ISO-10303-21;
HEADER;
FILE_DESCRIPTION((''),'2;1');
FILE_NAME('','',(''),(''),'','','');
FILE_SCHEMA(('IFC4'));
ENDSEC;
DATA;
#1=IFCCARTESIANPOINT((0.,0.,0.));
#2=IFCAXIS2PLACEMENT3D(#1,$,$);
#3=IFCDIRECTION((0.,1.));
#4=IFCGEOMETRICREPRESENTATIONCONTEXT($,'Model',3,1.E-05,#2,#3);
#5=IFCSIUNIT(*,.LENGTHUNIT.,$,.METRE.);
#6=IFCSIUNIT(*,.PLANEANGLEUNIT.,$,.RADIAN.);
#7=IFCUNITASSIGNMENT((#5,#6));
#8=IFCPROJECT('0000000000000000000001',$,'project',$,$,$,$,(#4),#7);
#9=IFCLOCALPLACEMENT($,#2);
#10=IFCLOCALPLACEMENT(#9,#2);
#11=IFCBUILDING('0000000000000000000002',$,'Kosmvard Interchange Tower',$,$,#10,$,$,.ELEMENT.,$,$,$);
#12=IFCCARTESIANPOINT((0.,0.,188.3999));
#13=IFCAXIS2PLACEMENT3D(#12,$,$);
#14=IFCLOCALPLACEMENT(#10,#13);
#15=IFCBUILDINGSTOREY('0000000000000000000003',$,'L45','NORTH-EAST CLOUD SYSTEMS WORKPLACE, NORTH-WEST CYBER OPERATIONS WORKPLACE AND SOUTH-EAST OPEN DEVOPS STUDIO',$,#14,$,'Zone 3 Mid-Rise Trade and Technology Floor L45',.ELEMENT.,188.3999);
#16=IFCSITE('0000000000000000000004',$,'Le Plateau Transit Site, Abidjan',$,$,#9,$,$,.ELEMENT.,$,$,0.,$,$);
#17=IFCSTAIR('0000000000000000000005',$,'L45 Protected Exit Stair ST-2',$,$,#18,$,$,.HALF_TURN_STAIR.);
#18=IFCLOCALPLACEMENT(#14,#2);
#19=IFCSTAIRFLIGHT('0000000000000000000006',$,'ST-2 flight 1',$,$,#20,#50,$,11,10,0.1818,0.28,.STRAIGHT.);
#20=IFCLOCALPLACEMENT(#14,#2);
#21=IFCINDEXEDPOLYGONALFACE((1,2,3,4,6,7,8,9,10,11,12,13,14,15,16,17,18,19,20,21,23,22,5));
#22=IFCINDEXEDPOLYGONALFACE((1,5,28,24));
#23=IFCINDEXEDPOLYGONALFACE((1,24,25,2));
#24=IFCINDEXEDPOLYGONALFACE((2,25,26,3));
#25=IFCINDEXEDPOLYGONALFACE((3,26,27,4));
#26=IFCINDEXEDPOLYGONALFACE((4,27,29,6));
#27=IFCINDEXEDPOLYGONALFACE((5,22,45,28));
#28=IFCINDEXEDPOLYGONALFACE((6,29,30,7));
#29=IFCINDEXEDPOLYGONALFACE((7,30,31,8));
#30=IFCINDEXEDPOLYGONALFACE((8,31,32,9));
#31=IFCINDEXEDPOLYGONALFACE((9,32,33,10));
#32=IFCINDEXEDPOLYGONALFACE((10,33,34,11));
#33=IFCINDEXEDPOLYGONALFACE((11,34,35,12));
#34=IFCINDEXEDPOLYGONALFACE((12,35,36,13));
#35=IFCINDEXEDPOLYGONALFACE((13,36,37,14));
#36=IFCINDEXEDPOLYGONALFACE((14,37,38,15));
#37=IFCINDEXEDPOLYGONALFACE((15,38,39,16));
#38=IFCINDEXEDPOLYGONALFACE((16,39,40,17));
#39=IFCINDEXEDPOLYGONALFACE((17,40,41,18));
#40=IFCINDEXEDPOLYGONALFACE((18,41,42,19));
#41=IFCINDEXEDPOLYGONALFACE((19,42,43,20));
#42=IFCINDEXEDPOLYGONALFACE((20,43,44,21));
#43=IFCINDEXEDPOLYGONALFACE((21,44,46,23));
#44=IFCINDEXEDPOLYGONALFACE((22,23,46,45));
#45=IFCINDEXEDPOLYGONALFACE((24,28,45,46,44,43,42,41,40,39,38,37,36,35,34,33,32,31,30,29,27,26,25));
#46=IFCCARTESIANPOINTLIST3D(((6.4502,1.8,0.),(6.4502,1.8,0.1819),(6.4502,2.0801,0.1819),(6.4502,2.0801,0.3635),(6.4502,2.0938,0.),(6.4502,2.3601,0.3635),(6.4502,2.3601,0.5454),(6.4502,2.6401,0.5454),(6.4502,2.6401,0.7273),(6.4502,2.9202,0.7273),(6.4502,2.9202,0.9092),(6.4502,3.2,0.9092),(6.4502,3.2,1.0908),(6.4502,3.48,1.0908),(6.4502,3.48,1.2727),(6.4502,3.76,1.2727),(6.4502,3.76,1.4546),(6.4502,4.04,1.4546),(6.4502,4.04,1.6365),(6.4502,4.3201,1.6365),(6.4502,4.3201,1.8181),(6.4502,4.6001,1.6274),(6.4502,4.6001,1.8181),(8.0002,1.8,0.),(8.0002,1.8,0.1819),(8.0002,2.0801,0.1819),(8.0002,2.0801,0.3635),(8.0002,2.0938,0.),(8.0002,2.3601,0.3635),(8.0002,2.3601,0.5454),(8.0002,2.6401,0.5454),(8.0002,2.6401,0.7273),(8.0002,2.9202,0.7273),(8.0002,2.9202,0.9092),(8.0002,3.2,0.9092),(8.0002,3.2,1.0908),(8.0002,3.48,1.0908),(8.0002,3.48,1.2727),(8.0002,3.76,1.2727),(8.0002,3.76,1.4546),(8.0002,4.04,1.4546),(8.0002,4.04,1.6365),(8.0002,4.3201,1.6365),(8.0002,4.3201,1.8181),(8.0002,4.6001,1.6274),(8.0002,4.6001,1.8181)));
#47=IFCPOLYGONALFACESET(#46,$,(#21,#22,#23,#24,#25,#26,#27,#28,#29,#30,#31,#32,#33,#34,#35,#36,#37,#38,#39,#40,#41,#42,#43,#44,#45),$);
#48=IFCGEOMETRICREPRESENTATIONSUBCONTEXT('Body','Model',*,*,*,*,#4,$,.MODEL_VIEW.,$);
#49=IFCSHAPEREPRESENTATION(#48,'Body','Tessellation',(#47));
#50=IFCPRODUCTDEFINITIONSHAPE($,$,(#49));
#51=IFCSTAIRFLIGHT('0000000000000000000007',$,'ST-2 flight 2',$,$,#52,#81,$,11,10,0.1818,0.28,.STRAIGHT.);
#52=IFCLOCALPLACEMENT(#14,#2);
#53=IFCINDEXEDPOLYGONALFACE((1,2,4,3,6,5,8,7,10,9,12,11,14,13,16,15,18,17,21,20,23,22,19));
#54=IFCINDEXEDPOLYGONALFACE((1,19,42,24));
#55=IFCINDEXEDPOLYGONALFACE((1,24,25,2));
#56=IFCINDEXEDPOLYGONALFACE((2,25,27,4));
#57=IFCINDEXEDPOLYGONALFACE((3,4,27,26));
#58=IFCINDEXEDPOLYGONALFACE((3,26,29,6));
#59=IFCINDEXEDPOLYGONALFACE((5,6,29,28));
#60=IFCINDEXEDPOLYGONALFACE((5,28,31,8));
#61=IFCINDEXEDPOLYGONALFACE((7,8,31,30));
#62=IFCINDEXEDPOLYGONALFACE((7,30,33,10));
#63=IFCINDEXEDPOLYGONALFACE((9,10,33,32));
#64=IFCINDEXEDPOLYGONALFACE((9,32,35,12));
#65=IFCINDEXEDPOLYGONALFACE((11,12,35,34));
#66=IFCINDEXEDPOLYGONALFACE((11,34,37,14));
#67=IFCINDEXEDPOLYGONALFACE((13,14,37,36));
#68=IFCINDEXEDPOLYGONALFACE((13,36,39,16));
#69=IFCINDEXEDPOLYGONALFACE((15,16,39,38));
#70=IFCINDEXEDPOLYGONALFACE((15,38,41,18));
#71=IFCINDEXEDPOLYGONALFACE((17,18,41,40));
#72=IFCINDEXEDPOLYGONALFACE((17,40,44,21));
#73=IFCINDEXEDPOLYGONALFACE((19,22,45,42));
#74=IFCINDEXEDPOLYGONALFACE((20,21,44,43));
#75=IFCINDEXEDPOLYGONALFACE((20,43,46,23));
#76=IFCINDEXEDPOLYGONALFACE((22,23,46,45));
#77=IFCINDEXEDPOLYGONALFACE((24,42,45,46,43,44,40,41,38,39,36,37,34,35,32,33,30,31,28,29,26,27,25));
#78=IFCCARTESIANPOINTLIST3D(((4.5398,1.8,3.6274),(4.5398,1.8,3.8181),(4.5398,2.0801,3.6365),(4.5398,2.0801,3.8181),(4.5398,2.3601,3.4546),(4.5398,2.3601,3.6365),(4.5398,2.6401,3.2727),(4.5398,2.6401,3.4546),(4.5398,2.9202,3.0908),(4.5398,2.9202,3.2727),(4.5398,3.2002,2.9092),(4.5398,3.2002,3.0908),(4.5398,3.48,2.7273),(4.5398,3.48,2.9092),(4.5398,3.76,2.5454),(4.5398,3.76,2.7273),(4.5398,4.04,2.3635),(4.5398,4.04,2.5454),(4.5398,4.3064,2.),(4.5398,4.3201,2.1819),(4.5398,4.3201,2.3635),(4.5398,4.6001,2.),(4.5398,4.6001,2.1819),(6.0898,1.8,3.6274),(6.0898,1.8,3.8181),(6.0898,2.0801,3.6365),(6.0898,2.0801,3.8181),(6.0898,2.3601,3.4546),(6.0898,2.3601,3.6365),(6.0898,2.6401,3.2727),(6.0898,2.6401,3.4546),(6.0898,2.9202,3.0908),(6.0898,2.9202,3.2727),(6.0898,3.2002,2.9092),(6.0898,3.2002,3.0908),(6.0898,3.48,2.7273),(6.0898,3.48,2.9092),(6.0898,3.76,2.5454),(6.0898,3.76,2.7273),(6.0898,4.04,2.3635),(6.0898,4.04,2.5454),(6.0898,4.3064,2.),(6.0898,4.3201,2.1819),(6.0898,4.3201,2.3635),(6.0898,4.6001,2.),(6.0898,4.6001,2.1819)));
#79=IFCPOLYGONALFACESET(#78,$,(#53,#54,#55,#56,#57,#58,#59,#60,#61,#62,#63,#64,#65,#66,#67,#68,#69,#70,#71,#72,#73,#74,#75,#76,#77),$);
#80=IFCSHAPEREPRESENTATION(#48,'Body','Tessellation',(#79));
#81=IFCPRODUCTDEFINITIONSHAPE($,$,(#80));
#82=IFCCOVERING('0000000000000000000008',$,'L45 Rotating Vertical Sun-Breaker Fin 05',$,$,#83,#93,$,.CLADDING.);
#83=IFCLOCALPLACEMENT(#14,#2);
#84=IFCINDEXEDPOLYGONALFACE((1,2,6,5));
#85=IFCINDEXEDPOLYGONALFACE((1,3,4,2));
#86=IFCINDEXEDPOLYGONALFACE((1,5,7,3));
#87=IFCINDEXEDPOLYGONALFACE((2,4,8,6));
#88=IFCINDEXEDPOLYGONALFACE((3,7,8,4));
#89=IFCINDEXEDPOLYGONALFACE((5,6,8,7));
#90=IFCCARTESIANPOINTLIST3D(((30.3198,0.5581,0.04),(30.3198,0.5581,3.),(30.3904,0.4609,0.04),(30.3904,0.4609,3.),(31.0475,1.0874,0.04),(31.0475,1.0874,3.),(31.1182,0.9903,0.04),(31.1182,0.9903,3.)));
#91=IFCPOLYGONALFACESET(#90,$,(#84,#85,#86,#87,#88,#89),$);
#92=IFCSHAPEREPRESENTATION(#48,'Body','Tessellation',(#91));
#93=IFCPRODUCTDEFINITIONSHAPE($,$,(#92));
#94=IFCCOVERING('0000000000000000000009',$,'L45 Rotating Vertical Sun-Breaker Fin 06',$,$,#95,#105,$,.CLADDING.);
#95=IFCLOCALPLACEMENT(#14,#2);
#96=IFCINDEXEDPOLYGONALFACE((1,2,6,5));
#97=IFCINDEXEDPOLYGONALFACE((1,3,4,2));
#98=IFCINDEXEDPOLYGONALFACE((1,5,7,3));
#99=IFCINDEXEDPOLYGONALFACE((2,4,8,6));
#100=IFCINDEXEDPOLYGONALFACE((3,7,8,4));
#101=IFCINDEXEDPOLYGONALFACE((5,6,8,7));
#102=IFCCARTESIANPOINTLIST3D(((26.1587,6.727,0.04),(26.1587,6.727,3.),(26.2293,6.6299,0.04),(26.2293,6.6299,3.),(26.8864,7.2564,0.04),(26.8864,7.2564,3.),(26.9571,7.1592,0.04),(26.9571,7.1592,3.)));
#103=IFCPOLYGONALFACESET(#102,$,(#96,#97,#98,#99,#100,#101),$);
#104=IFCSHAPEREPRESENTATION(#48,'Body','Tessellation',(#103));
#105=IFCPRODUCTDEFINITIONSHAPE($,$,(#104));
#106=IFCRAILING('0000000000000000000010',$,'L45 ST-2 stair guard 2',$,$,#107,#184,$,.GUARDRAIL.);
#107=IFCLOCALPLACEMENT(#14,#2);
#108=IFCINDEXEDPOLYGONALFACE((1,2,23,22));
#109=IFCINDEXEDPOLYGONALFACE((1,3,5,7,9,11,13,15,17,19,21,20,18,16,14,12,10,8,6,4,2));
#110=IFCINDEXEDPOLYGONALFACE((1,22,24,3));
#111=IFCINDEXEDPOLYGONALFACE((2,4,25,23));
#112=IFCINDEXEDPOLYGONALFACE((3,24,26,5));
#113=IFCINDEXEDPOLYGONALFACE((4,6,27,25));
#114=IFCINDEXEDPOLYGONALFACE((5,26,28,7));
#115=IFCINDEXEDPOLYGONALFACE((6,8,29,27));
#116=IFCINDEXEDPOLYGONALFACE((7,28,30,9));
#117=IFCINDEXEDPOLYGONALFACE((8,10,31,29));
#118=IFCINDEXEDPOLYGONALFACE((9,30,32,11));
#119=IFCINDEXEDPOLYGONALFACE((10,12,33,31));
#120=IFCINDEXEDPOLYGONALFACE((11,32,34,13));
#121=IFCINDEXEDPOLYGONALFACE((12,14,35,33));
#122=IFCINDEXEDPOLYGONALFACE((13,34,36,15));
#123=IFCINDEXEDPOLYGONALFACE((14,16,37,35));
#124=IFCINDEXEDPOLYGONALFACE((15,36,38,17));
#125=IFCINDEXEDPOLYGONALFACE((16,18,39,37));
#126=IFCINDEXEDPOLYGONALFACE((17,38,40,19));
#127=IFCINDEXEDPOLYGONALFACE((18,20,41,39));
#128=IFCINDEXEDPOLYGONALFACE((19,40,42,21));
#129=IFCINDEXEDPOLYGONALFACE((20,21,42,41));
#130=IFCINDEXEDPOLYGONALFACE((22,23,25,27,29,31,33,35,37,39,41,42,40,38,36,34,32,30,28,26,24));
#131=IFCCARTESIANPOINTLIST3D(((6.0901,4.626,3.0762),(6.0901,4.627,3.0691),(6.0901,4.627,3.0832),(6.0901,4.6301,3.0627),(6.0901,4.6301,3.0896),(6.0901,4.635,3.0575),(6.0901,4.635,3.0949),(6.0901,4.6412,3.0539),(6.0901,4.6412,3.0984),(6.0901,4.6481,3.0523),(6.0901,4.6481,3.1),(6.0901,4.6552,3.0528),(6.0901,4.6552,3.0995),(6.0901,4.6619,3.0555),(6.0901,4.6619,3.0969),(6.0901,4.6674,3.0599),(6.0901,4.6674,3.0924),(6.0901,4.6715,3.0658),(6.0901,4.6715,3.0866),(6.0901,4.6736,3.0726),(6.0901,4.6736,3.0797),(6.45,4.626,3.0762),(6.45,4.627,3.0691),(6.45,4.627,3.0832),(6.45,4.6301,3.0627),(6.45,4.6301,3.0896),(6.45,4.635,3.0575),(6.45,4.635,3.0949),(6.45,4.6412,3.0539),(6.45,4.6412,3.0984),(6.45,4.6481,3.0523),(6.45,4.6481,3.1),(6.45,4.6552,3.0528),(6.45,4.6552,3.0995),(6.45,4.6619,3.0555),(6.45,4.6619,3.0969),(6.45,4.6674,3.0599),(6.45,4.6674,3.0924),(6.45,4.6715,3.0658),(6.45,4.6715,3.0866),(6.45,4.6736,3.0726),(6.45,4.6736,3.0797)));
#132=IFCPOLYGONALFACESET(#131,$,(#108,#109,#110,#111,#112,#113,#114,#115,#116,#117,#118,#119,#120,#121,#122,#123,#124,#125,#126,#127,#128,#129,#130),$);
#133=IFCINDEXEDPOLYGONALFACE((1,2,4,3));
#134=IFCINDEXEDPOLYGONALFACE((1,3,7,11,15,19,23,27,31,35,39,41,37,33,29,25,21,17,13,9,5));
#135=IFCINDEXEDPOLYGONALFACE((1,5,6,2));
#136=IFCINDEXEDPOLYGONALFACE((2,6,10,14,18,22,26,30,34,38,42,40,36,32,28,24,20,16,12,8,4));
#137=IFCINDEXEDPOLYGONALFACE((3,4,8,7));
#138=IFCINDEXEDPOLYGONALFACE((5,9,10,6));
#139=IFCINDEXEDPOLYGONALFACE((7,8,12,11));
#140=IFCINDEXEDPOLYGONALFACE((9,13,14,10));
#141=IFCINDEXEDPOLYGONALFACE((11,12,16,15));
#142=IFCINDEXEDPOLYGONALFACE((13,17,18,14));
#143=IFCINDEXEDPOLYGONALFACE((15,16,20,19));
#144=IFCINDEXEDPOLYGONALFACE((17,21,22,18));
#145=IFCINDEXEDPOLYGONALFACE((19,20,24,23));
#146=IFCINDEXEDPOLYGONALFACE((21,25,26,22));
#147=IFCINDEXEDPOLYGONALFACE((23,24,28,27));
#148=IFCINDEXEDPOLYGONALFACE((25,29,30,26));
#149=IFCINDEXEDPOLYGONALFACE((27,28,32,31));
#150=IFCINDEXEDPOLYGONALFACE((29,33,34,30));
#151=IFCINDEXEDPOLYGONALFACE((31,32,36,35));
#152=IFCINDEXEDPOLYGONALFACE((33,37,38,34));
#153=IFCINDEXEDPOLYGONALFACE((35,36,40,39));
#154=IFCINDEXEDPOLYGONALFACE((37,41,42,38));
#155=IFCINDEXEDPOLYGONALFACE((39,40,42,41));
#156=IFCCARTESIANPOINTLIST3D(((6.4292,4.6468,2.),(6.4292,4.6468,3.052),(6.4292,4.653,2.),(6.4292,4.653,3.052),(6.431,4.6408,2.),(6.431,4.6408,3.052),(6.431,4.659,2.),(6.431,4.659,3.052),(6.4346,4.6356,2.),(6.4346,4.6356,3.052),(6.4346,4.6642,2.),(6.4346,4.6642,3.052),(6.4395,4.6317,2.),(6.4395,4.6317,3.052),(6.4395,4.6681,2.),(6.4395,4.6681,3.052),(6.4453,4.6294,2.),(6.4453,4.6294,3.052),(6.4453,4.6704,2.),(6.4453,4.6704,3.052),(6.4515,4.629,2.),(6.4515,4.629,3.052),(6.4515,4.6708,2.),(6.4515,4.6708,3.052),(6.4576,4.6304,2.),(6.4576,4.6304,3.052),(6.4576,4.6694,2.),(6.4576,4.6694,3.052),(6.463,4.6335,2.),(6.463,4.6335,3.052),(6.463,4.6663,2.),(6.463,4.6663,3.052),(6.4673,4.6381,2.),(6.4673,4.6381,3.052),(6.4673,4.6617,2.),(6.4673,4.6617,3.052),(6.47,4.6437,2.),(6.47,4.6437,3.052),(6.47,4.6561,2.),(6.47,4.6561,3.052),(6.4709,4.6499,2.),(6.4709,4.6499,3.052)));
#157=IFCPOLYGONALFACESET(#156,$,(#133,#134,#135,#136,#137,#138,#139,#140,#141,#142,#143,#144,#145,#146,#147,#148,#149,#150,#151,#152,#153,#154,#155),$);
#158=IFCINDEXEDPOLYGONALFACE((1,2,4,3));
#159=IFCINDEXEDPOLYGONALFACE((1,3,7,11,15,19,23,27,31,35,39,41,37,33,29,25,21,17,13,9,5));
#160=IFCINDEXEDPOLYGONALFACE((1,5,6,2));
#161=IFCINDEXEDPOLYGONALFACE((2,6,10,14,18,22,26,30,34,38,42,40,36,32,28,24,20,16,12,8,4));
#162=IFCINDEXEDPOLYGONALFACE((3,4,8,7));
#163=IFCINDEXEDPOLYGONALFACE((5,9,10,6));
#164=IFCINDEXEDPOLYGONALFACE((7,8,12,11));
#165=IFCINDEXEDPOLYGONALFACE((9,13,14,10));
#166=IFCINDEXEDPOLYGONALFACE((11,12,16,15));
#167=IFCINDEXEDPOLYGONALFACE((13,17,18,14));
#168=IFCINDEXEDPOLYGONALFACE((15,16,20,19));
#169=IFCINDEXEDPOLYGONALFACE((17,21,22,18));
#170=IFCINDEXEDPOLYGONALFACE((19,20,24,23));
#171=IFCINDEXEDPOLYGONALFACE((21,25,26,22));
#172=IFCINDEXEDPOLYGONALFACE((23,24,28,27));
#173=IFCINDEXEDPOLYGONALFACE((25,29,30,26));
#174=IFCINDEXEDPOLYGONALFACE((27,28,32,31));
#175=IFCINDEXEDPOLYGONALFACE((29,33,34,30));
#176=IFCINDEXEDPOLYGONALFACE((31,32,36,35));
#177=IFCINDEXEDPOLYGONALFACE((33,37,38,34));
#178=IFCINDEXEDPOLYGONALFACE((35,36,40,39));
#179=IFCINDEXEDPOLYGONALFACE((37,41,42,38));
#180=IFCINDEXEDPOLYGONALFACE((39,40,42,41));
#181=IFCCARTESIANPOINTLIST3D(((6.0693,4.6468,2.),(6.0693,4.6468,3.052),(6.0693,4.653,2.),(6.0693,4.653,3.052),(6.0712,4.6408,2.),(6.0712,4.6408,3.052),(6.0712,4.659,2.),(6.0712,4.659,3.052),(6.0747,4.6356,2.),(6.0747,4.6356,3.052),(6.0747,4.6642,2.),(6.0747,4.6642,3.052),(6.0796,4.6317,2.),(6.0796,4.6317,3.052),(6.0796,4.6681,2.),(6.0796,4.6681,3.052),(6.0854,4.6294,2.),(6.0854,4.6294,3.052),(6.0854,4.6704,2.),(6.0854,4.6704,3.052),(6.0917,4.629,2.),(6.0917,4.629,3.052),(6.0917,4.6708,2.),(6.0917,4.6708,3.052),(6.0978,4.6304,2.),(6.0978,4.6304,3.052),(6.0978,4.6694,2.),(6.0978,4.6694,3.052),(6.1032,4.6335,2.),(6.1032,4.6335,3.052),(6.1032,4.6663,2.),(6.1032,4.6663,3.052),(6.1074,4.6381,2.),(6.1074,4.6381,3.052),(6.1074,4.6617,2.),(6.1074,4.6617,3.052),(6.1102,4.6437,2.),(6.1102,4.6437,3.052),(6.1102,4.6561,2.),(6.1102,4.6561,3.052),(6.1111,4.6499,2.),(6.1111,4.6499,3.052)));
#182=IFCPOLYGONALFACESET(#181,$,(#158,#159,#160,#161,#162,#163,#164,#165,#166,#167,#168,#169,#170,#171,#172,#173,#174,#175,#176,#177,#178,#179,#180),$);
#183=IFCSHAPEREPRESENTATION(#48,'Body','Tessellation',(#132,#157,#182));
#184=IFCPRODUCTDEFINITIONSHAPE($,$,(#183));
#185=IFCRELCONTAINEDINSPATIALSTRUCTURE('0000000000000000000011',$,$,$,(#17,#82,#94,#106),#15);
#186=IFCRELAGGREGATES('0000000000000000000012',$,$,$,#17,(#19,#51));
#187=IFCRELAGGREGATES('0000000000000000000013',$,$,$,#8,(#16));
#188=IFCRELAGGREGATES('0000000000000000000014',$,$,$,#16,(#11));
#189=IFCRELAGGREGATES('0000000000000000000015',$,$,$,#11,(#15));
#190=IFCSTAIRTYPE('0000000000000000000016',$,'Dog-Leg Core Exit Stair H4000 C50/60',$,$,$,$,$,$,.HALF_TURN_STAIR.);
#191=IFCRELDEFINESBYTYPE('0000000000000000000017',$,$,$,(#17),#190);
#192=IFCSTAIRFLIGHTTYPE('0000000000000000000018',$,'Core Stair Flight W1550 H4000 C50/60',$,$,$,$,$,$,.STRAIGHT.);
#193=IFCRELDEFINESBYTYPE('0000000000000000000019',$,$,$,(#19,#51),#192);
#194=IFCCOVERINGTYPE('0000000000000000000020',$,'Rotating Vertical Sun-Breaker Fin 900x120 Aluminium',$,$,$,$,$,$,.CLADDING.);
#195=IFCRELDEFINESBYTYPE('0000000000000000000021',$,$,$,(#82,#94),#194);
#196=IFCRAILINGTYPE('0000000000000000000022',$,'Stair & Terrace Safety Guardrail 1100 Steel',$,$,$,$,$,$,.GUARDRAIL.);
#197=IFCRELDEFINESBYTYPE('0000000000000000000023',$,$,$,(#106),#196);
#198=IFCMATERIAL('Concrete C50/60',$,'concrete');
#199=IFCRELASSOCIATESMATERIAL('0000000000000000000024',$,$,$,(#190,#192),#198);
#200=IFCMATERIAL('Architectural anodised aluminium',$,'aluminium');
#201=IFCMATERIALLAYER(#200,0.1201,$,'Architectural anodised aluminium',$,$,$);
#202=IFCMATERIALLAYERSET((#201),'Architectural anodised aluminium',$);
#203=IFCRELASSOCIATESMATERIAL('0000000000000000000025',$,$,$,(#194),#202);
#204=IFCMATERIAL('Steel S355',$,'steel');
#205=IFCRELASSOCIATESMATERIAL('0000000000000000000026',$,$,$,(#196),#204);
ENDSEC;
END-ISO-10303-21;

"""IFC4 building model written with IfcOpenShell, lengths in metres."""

from ifc_helpers import new_model, si_unit, direction, frame, origin, origin_2d, place, context, subcontext, project, spatial, polyline, rectangle, circle, outline, extrude, source, transform, mapped, material, layer, layer_set, type_object, element, aggregate, save


model = new_model("IFC4")

# Units and contexts
model_context = context("Model", 3, precision=1e-05, world=origin(), true_north=direction((0.0, 1.0)))
body_context = subcontext(model_context, "Body", "Model", "MODEL_VIEW")
ifc_project = project(units=[si_unit("LENGTHUNIT", "METRE"), si_unit("PLANEANGLEUNIT", "RADIAN")], contexts=[model_context])

# Site, building, storey
site_placement = place(None, origin())
site = spatial("IfcSite", under=ifc_project, at=site_placement, Name="Le Plateau Transit Site, Abidjan", CompositionType="ELEMENT", RefElevation=0.0)
building_placement = place(site_placement, origin())
building = spatial("IfcBuilding", under=site, at=building_placement, Name="Kosmvard Interchange Tower", CompositionType="ELEMENT")
storey_placement = place(building_placement, frame((0.0, 0.0, 188.3999)))
storey = spatial("IfcBuildingStorey", under=building, at=storey_placement, Name="L45", Description="NORTH-EAST CLOUD SYSTEMS WORKPLACE, NORTH-WEST CYBER OPERATIONS WORKPLACE AND SOUTH-EAST OPEN DEVOPS STUDIO", LongName="Zone 3 Mid-Rise Trade and Technology Floor L45", CompositionType="ELEMENT", Elevation=188.3999)

# Stair
ifc_material_1 = material(Name="Concrete C50/60", Category="concrete")
stair_type = type_object("IfcStairType", Name="Dog-Leg Core Exit Stair H4000 C50/60", PredefinedType="HALF_TURN_STAIR", material=ifc_material_1)
stair_placement = place(storey_placement, origin())
stair = element("IfcStair", 1, at=stair_placement, inside=storey, type_object=stair_type, Name="L45 Protected Exit Stair ST-2", PredefinedType="HALF_TURN_STAIR")

# Stair flights
stair_flight_type = type_object("IfcStairFlightType", Name="Core Stair Flight W1550 H4000 C50/60", PredefinedType="STRAIGHT", material=ifc_material_1)
shared_shape_1 = source(origin(), body_context, "Body", "SweptSolid", [
    extrude(outline(polyline([(0.0, 0.0), (0.0, 0.1819), (0.28, 0.1819), (0.28, 0.3635), (0.5601, 0.3635), (0.5601, 0.5454), (0.8401, 0.5454), (0.8401, 0.7273), (1.1201, 0.7273), (1.1201, 0.9092), (1.3999, 0.9092), (1.3999, 1.0908), (1.6799, 1.0908), (1.6799, 1.2727), (1.96, 1.2727), (1.96, 1.4546), (2.24, 1.4546), (2.24, 1.6365), (2.52, 1.6365), (2.52, 1.8181), (2.8, 1.8181), (2.8, 2.0), (2.8, 1.6274), (0.2937, 0.0), (0.0, 0.0)])), frame((0.0, 0.7749, 0.0), z_axis=(0.0, -1.0, 0.0), x_axis=(1.0, 0.0, 0.0)), (0.0, 0.0, 1.0), 1.55),
])
stair_flight_1_placement = place(storey_placement, frame((7.2251, 1.8, 0.0), z_axis=(0.0, 0.0, 1.0), x_axis=(0.0, 1.0, 0.0)))
stair_flight_1 = element("IfcStairFlight", 2, at=stair_flight_1_placement, type_object=stair_flight_type, Name="ST-2 flight 1", NumberOfRisers=11, NumberOfTreads=10, PredefinedType="STRAIGHT", RiserHeight=0.1818, TreadLength=0.28, context=body_context, shape_type="MappedRepresentation", body=[
    mapped(shared_shape_1, transform((0.0, 0.0, 0.0), scale=1.0)),
])
stair_flight_2_placement = place(storey_placement, frame((5.3149, 4.6001, 2.0), z_axis=(0.0, 0.0, 1.0), x_axis=(0.0, -1.0, 0.0)))
stair_flight_2 = element("IfcStairFlight", 3, at=stair_flight_2_placement, type_object=stair_flight_type, Name="ST-2 flight 2", NumberOfRisers=11, NumberOfTreads=10, PredefinedType="STRAIGHT", RiserHeight=0.1818, TreadLength=0.28, context=body_context, shape_type="MappedRepresentation", body=[
    mapped(shared_shape_1, transform((0.0, 0.0, 0.0), scale=1.0)),
])
aggregate(stair, [stair_flight_1, stair_flight_2])

# Coverings
ifc_material_2 = material(Name="Architectural anodised aluminium", Category="aluminium")
ifc_layer_1 = layer(ifc_material_2, 0.1201, Name="Architectural anodised aluminium")
ifc_layer_set_1 = layer_set([ifc_layer_1], Name="Architectural anodised aluminium")
covering_type_1 = type_object("IfcCoveringType", Name="Rotating Vertical Sun-Breaker Fin 900x120 Aluminium", PredefinedType="CLADDING", material=ifc_layer_set_1)
shared_shape_2 = source(origin(), body_context, "Body", "SweptSolid", [
    extrude(rectangle(XDim=0.8999, YDim=0.1201, at=origin_2d()), origin(), (0.0, 0.0, 1.0), 2.96),
])
for number, where, z_axis, x_axis, name in (
    (4, (30.719, 0.7742, 0.04), (0.0, 0.0, 1.0), (0.808709, 0.588209, 0.0), "L45 Rotating Vertical Sun-Breaker Fin 05"),
    (5, (26.5579, 6.9431, 0.04), (0.0, 0.0, 1.0), (0.808709, 0.588209, 0.0), "L45 Rotating Vertical Sun-Breaker Fin 06"),
):
    element("IfcCovering", number, at=place(storey_placement, frame(where, z_axis=z_axis, x_axis=x_axis)), inside=storey, type_object=covering_type_1, Name=name, PredefinedType="CLADDING", context=body_context, shape_type="MappedRepresentation", body=[
        mapped(shared_shape_2, transform((0.0, 0.0, 0.0), scale=1.0)),
    ])

# Railing
ifc_material_3 = material(Name="Steel S355", Category="steel")
railing_type_1 = type_object("IfcRailingType", Name="Stair & Terrace Safety Guardrail 1100 Steel", PredefinedType="GUARDRAIL", material=ifc_material_3)
shared_shape_3 = source(origin(), body_context, "Body", "SweptSolid", [
    extrude(circle(Radius=0.0239, at=origin_2d()), frame((0.0, 0.0, 1.0762), z_axis=(-1.0, 0.0, 0.0), x_axis=(0.0, -1.0, 0.0)), (0.0, 0.0, 1.0), 0.3599),
    extrude(circle(Radius=0.021, at=origin_2d()), origin(), (0.0, 0.0, 1.0), 1.052),
    extrude(circle(Radius=0.021, at=origin_2d()), frame((-0.3599, 0.0, 0.0)), (0.0, 0.0, 1.0), 1.052),
])
for number, where, name in (
    (6, (6.45, 4.6499, 2.0), "L45 ST-2 stair guard 2"),
):
    element("IfcRailing", number, at=place(storey_placement, frame(where)), inside=storey, type_object=railing_type_1, Name=name, PredefinedType="GUARDRAIL", context=body_context, shape_type="MappedRepresentation", body=[
        mapped(shared_shape_3, transform((0.0, 0.0, 0.0), scale=1.0)),
    ])

save(model, "model.ifc")
